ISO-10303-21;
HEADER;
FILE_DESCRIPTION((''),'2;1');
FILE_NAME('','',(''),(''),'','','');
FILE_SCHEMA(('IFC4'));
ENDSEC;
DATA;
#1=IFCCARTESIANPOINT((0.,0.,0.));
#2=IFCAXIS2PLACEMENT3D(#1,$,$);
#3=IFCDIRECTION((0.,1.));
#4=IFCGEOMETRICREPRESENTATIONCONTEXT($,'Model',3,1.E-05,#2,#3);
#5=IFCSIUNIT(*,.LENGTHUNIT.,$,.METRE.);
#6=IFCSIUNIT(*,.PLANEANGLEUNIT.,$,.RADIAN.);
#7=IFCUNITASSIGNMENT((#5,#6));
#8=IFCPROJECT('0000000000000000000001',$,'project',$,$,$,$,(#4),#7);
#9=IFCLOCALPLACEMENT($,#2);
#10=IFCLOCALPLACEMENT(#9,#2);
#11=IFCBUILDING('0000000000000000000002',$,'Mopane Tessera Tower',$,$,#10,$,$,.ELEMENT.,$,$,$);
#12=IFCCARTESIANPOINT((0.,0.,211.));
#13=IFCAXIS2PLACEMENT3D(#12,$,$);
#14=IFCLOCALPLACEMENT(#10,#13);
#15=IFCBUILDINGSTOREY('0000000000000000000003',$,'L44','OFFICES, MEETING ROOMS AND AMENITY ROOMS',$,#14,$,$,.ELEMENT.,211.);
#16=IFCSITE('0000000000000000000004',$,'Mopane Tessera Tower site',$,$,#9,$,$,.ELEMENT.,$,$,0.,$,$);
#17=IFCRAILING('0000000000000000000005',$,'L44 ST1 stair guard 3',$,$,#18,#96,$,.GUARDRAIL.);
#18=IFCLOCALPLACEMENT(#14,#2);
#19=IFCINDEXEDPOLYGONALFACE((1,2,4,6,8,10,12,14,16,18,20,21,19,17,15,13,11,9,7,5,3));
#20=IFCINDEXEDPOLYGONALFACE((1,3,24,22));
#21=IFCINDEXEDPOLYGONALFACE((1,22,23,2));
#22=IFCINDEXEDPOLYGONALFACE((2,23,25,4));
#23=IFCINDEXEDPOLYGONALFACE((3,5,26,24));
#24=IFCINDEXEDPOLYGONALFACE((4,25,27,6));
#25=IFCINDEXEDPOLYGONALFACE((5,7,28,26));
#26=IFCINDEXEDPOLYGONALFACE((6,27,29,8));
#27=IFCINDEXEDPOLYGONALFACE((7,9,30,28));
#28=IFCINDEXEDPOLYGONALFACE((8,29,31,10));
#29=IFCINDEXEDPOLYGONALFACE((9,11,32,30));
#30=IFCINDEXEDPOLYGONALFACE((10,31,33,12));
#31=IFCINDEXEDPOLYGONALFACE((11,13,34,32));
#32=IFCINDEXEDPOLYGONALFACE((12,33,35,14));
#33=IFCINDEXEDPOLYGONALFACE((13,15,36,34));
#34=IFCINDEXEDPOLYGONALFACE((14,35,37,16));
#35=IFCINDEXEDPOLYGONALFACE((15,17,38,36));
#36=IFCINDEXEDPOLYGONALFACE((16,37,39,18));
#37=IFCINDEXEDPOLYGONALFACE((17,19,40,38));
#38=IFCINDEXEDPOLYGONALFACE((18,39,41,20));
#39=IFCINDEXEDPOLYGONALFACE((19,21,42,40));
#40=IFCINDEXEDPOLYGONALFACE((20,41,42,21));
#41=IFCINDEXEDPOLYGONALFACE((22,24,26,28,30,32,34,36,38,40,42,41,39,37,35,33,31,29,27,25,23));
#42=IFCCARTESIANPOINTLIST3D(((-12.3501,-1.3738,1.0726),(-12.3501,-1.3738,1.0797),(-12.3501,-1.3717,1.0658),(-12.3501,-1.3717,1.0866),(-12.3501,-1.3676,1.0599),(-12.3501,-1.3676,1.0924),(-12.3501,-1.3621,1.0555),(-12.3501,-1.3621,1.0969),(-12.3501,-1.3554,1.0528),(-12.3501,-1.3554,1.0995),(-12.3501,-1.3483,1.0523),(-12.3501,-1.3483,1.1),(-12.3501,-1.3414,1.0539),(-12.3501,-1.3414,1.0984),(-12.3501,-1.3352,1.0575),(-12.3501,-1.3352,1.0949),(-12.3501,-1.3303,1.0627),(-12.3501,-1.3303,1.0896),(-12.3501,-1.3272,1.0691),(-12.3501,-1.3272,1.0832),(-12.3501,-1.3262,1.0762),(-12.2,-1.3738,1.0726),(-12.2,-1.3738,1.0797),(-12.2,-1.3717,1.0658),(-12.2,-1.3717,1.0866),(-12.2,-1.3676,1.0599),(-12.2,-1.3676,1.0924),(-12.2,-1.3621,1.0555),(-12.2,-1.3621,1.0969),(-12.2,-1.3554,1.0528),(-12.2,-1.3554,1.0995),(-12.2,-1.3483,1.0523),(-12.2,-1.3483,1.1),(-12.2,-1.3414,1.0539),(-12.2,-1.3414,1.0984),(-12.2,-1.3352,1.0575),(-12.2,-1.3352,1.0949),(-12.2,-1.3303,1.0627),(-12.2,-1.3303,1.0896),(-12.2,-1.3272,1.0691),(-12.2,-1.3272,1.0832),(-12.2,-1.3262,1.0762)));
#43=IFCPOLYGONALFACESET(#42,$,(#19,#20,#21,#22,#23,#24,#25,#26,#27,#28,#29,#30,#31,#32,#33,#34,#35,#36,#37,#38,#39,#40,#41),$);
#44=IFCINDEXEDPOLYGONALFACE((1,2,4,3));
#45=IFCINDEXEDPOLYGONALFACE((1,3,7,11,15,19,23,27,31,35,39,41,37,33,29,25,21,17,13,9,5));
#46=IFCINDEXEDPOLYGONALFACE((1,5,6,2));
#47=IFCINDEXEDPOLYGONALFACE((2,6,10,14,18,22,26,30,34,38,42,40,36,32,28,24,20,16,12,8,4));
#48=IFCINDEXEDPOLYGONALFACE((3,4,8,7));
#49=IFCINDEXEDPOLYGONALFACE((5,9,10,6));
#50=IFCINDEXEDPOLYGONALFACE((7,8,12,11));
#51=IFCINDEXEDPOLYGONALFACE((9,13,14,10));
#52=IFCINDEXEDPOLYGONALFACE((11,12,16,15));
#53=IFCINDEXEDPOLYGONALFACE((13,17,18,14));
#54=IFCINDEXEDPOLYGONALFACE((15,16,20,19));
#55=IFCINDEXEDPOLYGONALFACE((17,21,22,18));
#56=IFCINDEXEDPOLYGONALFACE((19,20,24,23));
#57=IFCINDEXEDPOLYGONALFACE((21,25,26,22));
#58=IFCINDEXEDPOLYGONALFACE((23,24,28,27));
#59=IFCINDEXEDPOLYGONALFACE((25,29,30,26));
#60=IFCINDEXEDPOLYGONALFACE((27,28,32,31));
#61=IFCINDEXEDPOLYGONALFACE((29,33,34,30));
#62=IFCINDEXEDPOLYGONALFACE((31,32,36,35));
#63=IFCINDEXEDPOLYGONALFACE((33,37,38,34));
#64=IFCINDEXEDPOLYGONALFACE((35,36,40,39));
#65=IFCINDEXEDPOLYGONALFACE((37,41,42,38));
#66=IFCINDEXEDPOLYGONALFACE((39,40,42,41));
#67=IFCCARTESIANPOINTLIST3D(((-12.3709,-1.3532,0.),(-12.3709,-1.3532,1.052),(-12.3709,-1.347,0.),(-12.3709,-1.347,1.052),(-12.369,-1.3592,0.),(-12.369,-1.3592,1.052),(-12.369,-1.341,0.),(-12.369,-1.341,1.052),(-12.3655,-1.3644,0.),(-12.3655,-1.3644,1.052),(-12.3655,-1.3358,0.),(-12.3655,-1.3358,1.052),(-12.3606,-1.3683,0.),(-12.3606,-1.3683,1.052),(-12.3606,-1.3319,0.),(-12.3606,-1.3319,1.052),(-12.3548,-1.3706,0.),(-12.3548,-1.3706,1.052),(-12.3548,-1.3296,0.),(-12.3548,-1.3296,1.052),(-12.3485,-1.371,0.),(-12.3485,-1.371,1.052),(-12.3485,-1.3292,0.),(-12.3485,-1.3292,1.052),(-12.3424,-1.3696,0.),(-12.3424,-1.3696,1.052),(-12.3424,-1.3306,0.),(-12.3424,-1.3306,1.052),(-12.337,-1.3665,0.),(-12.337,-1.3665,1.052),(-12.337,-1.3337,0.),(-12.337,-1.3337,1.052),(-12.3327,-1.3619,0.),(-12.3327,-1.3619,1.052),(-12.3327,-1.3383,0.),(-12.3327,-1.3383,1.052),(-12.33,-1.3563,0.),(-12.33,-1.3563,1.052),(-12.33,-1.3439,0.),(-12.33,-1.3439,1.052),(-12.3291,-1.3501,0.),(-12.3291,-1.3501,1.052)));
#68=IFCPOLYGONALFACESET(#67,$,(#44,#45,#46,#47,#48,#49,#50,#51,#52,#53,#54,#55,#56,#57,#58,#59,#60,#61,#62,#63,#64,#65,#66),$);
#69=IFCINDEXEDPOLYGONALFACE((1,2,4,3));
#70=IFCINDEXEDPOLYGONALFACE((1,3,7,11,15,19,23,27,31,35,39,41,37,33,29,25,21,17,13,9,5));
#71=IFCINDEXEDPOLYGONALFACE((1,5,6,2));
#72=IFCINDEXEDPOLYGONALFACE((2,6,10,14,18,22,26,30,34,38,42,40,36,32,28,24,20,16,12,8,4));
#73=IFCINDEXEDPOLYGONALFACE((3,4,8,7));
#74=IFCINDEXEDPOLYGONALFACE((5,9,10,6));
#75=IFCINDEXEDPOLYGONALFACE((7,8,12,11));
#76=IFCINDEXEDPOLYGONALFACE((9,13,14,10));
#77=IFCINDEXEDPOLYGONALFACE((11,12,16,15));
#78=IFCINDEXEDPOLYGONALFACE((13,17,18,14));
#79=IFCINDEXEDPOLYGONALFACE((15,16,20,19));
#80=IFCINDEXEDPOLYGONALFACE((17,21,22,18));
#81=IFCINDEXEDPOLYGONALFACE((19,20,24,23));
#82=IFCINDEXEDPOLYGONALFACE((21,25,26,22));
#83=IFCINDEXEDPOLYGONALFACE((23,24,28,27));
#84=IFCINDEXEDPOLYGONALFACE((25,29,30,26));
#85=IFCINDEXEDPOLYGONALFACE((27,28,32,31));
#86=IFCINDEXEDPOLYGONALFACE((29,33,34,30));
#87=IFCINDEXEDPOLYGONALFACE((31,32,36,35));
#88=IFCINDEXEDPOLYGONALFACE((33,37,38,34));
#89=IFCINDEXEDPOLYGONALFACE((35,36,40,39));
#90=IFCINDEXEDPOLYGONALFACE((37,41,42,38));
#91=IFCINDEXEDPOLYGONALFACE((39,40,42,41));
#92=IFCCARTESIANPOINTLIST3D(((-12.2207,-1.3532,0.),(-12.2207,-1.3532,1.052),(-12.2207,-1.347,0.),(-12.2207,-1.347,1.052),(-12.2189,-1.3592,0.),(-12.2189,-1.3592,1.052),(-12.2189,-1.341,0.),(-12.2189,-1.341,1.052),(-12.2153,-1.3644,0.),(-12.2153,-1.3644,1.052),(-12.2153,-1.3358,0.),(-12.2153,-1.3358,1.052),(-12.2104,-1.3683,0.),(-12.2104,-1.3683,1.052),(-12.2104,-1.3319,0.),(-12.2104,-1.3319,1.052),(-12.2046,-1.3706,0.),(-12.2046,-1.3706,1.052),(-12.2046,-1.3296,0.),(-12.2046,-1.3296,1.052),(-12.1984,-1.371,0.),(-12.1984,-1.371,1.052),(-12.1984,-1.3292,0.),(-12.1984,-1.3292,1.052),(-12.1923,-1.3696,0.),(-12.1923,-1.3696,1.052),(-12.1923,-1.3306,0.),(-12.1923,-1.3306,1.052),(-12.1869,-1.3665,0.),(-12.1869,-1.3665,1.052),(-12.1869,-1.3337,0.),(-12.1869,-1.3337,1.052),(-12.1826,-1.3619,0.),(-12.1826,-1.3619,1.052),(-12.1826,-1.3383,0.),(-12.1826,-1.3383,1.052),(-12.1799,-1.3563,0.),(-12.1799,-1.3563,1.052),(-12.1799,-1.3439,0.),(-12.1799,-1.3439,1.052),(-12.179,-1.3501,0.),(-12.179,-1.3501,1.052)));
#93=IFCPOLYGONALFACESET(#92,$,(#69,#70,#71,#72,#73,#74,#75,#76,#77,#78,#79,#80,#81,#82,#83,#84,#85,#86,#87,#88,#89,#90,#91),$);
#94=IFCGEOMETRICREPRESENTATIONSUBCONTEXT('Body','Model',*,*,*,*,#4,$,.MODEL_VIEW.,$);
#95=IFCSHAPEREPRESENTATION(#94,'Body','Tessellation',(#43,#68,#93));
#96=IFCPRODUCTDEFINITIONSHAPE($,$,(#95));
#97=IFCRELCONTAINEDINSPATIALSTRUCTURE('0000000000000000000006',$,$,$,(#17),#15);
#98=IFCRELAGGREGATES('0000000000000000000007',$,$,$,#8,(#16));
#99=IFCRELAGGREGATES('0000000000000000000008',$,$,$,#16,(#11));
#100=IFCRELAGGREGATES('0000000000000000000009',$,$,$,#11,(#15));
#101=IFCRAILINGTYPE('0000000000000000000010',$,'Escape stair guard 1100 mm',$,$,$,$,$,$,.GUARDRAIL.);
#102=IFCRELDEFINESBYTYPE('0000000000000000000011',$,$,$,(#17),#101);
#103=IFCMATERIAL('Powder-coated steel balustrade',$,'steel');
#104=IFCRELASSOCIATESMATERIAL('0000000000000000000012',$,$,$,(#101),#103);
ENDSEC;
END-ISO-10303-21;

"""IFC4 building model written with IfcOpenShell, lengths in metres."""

from ifc_helpers import new_model, si_unit, direction, frame, origin, origin_2d, place, context, subcontext, project, spatial, circle, extrude, material, type_object, element, save


model = new_model("IFC4")

# Units and contexts
model_context = context("Model", 3, precision=1e-05, world=origin(), true_north=direction((0.0, 1.0)))
body_context = subcontext(model_context, "Body", "Model", "MODEL_VIEW")
ifc_project = project(units=[si_unit("LENGTHUNIT", "METRE"), si_unit("PLANEANGLEUNIT", "RADIAN")], contexts=[model_context])

# Site, building, storey
site_placement = place(None, origin())
site = spatial("IfcSite", under=ifc_project, at=site_placement, Name="Mopane Tessera Tower site", CompositionType="ELEMENT", RefElevation=0.0)
building_placement = place(site_placement, origin())
building = spatial("IfcBuilding", under=site, at=building_placement, Name="Mopane Tessera Tower", CompositionType="ELEMENT")
storey_placement = place(building_placement, frame((0.0, 0.0, 211.0)))
storey = spatial("IfcBuildingStorey", under=building, at=storey_placement, Name="L44", Description="OFFICES, MEETING ROOMS AND AMENITY ROOMS", CompositionType="ELEMENT", Elevation=211.0)

# Railing
ifc_material_1 = material(Name="Powder-coated steel balustrade", Category="steel")
railing_type_1 = type_object("IfcRailingType", Name="Escape stair guard 1100 mm", PredefinedType="GUARDRAIL", material=ifc_material_1)
railing_1_placement = place(storey_placement, frame((-12.3501, -1.3501, 0.0)))
element("IfcRailing", 1, at=railing_1_placement, inside=storey, type_object=railing_type_1, Name="L44 ST1 stair guard 3", PredefinedType="GUARDRAIL", context=body_context, shape_type="SweptSolid", body=[
    extrude(circle(Radius=0.0239, at=origin_2d()), frame((0.0, 0.0, 1.0762), z_axis=(1.0, 0.0, 0.0), x_axis=(0.0, 1.0, 0.0)), (0.0, 0.0, 1.0), 0.1501),
    extrude(circle(Radius=0.021, at=origin_2d()), origin(), (0.0, 0.0, 1.0), 1.052),
    extrude(circle(Radius=0.021, at=origin_2d()), frame((0.1501, 0.0, 0.0)), (0.0, 0.0, 1.0), 1.052),
])

save(model, "model.ifc")
